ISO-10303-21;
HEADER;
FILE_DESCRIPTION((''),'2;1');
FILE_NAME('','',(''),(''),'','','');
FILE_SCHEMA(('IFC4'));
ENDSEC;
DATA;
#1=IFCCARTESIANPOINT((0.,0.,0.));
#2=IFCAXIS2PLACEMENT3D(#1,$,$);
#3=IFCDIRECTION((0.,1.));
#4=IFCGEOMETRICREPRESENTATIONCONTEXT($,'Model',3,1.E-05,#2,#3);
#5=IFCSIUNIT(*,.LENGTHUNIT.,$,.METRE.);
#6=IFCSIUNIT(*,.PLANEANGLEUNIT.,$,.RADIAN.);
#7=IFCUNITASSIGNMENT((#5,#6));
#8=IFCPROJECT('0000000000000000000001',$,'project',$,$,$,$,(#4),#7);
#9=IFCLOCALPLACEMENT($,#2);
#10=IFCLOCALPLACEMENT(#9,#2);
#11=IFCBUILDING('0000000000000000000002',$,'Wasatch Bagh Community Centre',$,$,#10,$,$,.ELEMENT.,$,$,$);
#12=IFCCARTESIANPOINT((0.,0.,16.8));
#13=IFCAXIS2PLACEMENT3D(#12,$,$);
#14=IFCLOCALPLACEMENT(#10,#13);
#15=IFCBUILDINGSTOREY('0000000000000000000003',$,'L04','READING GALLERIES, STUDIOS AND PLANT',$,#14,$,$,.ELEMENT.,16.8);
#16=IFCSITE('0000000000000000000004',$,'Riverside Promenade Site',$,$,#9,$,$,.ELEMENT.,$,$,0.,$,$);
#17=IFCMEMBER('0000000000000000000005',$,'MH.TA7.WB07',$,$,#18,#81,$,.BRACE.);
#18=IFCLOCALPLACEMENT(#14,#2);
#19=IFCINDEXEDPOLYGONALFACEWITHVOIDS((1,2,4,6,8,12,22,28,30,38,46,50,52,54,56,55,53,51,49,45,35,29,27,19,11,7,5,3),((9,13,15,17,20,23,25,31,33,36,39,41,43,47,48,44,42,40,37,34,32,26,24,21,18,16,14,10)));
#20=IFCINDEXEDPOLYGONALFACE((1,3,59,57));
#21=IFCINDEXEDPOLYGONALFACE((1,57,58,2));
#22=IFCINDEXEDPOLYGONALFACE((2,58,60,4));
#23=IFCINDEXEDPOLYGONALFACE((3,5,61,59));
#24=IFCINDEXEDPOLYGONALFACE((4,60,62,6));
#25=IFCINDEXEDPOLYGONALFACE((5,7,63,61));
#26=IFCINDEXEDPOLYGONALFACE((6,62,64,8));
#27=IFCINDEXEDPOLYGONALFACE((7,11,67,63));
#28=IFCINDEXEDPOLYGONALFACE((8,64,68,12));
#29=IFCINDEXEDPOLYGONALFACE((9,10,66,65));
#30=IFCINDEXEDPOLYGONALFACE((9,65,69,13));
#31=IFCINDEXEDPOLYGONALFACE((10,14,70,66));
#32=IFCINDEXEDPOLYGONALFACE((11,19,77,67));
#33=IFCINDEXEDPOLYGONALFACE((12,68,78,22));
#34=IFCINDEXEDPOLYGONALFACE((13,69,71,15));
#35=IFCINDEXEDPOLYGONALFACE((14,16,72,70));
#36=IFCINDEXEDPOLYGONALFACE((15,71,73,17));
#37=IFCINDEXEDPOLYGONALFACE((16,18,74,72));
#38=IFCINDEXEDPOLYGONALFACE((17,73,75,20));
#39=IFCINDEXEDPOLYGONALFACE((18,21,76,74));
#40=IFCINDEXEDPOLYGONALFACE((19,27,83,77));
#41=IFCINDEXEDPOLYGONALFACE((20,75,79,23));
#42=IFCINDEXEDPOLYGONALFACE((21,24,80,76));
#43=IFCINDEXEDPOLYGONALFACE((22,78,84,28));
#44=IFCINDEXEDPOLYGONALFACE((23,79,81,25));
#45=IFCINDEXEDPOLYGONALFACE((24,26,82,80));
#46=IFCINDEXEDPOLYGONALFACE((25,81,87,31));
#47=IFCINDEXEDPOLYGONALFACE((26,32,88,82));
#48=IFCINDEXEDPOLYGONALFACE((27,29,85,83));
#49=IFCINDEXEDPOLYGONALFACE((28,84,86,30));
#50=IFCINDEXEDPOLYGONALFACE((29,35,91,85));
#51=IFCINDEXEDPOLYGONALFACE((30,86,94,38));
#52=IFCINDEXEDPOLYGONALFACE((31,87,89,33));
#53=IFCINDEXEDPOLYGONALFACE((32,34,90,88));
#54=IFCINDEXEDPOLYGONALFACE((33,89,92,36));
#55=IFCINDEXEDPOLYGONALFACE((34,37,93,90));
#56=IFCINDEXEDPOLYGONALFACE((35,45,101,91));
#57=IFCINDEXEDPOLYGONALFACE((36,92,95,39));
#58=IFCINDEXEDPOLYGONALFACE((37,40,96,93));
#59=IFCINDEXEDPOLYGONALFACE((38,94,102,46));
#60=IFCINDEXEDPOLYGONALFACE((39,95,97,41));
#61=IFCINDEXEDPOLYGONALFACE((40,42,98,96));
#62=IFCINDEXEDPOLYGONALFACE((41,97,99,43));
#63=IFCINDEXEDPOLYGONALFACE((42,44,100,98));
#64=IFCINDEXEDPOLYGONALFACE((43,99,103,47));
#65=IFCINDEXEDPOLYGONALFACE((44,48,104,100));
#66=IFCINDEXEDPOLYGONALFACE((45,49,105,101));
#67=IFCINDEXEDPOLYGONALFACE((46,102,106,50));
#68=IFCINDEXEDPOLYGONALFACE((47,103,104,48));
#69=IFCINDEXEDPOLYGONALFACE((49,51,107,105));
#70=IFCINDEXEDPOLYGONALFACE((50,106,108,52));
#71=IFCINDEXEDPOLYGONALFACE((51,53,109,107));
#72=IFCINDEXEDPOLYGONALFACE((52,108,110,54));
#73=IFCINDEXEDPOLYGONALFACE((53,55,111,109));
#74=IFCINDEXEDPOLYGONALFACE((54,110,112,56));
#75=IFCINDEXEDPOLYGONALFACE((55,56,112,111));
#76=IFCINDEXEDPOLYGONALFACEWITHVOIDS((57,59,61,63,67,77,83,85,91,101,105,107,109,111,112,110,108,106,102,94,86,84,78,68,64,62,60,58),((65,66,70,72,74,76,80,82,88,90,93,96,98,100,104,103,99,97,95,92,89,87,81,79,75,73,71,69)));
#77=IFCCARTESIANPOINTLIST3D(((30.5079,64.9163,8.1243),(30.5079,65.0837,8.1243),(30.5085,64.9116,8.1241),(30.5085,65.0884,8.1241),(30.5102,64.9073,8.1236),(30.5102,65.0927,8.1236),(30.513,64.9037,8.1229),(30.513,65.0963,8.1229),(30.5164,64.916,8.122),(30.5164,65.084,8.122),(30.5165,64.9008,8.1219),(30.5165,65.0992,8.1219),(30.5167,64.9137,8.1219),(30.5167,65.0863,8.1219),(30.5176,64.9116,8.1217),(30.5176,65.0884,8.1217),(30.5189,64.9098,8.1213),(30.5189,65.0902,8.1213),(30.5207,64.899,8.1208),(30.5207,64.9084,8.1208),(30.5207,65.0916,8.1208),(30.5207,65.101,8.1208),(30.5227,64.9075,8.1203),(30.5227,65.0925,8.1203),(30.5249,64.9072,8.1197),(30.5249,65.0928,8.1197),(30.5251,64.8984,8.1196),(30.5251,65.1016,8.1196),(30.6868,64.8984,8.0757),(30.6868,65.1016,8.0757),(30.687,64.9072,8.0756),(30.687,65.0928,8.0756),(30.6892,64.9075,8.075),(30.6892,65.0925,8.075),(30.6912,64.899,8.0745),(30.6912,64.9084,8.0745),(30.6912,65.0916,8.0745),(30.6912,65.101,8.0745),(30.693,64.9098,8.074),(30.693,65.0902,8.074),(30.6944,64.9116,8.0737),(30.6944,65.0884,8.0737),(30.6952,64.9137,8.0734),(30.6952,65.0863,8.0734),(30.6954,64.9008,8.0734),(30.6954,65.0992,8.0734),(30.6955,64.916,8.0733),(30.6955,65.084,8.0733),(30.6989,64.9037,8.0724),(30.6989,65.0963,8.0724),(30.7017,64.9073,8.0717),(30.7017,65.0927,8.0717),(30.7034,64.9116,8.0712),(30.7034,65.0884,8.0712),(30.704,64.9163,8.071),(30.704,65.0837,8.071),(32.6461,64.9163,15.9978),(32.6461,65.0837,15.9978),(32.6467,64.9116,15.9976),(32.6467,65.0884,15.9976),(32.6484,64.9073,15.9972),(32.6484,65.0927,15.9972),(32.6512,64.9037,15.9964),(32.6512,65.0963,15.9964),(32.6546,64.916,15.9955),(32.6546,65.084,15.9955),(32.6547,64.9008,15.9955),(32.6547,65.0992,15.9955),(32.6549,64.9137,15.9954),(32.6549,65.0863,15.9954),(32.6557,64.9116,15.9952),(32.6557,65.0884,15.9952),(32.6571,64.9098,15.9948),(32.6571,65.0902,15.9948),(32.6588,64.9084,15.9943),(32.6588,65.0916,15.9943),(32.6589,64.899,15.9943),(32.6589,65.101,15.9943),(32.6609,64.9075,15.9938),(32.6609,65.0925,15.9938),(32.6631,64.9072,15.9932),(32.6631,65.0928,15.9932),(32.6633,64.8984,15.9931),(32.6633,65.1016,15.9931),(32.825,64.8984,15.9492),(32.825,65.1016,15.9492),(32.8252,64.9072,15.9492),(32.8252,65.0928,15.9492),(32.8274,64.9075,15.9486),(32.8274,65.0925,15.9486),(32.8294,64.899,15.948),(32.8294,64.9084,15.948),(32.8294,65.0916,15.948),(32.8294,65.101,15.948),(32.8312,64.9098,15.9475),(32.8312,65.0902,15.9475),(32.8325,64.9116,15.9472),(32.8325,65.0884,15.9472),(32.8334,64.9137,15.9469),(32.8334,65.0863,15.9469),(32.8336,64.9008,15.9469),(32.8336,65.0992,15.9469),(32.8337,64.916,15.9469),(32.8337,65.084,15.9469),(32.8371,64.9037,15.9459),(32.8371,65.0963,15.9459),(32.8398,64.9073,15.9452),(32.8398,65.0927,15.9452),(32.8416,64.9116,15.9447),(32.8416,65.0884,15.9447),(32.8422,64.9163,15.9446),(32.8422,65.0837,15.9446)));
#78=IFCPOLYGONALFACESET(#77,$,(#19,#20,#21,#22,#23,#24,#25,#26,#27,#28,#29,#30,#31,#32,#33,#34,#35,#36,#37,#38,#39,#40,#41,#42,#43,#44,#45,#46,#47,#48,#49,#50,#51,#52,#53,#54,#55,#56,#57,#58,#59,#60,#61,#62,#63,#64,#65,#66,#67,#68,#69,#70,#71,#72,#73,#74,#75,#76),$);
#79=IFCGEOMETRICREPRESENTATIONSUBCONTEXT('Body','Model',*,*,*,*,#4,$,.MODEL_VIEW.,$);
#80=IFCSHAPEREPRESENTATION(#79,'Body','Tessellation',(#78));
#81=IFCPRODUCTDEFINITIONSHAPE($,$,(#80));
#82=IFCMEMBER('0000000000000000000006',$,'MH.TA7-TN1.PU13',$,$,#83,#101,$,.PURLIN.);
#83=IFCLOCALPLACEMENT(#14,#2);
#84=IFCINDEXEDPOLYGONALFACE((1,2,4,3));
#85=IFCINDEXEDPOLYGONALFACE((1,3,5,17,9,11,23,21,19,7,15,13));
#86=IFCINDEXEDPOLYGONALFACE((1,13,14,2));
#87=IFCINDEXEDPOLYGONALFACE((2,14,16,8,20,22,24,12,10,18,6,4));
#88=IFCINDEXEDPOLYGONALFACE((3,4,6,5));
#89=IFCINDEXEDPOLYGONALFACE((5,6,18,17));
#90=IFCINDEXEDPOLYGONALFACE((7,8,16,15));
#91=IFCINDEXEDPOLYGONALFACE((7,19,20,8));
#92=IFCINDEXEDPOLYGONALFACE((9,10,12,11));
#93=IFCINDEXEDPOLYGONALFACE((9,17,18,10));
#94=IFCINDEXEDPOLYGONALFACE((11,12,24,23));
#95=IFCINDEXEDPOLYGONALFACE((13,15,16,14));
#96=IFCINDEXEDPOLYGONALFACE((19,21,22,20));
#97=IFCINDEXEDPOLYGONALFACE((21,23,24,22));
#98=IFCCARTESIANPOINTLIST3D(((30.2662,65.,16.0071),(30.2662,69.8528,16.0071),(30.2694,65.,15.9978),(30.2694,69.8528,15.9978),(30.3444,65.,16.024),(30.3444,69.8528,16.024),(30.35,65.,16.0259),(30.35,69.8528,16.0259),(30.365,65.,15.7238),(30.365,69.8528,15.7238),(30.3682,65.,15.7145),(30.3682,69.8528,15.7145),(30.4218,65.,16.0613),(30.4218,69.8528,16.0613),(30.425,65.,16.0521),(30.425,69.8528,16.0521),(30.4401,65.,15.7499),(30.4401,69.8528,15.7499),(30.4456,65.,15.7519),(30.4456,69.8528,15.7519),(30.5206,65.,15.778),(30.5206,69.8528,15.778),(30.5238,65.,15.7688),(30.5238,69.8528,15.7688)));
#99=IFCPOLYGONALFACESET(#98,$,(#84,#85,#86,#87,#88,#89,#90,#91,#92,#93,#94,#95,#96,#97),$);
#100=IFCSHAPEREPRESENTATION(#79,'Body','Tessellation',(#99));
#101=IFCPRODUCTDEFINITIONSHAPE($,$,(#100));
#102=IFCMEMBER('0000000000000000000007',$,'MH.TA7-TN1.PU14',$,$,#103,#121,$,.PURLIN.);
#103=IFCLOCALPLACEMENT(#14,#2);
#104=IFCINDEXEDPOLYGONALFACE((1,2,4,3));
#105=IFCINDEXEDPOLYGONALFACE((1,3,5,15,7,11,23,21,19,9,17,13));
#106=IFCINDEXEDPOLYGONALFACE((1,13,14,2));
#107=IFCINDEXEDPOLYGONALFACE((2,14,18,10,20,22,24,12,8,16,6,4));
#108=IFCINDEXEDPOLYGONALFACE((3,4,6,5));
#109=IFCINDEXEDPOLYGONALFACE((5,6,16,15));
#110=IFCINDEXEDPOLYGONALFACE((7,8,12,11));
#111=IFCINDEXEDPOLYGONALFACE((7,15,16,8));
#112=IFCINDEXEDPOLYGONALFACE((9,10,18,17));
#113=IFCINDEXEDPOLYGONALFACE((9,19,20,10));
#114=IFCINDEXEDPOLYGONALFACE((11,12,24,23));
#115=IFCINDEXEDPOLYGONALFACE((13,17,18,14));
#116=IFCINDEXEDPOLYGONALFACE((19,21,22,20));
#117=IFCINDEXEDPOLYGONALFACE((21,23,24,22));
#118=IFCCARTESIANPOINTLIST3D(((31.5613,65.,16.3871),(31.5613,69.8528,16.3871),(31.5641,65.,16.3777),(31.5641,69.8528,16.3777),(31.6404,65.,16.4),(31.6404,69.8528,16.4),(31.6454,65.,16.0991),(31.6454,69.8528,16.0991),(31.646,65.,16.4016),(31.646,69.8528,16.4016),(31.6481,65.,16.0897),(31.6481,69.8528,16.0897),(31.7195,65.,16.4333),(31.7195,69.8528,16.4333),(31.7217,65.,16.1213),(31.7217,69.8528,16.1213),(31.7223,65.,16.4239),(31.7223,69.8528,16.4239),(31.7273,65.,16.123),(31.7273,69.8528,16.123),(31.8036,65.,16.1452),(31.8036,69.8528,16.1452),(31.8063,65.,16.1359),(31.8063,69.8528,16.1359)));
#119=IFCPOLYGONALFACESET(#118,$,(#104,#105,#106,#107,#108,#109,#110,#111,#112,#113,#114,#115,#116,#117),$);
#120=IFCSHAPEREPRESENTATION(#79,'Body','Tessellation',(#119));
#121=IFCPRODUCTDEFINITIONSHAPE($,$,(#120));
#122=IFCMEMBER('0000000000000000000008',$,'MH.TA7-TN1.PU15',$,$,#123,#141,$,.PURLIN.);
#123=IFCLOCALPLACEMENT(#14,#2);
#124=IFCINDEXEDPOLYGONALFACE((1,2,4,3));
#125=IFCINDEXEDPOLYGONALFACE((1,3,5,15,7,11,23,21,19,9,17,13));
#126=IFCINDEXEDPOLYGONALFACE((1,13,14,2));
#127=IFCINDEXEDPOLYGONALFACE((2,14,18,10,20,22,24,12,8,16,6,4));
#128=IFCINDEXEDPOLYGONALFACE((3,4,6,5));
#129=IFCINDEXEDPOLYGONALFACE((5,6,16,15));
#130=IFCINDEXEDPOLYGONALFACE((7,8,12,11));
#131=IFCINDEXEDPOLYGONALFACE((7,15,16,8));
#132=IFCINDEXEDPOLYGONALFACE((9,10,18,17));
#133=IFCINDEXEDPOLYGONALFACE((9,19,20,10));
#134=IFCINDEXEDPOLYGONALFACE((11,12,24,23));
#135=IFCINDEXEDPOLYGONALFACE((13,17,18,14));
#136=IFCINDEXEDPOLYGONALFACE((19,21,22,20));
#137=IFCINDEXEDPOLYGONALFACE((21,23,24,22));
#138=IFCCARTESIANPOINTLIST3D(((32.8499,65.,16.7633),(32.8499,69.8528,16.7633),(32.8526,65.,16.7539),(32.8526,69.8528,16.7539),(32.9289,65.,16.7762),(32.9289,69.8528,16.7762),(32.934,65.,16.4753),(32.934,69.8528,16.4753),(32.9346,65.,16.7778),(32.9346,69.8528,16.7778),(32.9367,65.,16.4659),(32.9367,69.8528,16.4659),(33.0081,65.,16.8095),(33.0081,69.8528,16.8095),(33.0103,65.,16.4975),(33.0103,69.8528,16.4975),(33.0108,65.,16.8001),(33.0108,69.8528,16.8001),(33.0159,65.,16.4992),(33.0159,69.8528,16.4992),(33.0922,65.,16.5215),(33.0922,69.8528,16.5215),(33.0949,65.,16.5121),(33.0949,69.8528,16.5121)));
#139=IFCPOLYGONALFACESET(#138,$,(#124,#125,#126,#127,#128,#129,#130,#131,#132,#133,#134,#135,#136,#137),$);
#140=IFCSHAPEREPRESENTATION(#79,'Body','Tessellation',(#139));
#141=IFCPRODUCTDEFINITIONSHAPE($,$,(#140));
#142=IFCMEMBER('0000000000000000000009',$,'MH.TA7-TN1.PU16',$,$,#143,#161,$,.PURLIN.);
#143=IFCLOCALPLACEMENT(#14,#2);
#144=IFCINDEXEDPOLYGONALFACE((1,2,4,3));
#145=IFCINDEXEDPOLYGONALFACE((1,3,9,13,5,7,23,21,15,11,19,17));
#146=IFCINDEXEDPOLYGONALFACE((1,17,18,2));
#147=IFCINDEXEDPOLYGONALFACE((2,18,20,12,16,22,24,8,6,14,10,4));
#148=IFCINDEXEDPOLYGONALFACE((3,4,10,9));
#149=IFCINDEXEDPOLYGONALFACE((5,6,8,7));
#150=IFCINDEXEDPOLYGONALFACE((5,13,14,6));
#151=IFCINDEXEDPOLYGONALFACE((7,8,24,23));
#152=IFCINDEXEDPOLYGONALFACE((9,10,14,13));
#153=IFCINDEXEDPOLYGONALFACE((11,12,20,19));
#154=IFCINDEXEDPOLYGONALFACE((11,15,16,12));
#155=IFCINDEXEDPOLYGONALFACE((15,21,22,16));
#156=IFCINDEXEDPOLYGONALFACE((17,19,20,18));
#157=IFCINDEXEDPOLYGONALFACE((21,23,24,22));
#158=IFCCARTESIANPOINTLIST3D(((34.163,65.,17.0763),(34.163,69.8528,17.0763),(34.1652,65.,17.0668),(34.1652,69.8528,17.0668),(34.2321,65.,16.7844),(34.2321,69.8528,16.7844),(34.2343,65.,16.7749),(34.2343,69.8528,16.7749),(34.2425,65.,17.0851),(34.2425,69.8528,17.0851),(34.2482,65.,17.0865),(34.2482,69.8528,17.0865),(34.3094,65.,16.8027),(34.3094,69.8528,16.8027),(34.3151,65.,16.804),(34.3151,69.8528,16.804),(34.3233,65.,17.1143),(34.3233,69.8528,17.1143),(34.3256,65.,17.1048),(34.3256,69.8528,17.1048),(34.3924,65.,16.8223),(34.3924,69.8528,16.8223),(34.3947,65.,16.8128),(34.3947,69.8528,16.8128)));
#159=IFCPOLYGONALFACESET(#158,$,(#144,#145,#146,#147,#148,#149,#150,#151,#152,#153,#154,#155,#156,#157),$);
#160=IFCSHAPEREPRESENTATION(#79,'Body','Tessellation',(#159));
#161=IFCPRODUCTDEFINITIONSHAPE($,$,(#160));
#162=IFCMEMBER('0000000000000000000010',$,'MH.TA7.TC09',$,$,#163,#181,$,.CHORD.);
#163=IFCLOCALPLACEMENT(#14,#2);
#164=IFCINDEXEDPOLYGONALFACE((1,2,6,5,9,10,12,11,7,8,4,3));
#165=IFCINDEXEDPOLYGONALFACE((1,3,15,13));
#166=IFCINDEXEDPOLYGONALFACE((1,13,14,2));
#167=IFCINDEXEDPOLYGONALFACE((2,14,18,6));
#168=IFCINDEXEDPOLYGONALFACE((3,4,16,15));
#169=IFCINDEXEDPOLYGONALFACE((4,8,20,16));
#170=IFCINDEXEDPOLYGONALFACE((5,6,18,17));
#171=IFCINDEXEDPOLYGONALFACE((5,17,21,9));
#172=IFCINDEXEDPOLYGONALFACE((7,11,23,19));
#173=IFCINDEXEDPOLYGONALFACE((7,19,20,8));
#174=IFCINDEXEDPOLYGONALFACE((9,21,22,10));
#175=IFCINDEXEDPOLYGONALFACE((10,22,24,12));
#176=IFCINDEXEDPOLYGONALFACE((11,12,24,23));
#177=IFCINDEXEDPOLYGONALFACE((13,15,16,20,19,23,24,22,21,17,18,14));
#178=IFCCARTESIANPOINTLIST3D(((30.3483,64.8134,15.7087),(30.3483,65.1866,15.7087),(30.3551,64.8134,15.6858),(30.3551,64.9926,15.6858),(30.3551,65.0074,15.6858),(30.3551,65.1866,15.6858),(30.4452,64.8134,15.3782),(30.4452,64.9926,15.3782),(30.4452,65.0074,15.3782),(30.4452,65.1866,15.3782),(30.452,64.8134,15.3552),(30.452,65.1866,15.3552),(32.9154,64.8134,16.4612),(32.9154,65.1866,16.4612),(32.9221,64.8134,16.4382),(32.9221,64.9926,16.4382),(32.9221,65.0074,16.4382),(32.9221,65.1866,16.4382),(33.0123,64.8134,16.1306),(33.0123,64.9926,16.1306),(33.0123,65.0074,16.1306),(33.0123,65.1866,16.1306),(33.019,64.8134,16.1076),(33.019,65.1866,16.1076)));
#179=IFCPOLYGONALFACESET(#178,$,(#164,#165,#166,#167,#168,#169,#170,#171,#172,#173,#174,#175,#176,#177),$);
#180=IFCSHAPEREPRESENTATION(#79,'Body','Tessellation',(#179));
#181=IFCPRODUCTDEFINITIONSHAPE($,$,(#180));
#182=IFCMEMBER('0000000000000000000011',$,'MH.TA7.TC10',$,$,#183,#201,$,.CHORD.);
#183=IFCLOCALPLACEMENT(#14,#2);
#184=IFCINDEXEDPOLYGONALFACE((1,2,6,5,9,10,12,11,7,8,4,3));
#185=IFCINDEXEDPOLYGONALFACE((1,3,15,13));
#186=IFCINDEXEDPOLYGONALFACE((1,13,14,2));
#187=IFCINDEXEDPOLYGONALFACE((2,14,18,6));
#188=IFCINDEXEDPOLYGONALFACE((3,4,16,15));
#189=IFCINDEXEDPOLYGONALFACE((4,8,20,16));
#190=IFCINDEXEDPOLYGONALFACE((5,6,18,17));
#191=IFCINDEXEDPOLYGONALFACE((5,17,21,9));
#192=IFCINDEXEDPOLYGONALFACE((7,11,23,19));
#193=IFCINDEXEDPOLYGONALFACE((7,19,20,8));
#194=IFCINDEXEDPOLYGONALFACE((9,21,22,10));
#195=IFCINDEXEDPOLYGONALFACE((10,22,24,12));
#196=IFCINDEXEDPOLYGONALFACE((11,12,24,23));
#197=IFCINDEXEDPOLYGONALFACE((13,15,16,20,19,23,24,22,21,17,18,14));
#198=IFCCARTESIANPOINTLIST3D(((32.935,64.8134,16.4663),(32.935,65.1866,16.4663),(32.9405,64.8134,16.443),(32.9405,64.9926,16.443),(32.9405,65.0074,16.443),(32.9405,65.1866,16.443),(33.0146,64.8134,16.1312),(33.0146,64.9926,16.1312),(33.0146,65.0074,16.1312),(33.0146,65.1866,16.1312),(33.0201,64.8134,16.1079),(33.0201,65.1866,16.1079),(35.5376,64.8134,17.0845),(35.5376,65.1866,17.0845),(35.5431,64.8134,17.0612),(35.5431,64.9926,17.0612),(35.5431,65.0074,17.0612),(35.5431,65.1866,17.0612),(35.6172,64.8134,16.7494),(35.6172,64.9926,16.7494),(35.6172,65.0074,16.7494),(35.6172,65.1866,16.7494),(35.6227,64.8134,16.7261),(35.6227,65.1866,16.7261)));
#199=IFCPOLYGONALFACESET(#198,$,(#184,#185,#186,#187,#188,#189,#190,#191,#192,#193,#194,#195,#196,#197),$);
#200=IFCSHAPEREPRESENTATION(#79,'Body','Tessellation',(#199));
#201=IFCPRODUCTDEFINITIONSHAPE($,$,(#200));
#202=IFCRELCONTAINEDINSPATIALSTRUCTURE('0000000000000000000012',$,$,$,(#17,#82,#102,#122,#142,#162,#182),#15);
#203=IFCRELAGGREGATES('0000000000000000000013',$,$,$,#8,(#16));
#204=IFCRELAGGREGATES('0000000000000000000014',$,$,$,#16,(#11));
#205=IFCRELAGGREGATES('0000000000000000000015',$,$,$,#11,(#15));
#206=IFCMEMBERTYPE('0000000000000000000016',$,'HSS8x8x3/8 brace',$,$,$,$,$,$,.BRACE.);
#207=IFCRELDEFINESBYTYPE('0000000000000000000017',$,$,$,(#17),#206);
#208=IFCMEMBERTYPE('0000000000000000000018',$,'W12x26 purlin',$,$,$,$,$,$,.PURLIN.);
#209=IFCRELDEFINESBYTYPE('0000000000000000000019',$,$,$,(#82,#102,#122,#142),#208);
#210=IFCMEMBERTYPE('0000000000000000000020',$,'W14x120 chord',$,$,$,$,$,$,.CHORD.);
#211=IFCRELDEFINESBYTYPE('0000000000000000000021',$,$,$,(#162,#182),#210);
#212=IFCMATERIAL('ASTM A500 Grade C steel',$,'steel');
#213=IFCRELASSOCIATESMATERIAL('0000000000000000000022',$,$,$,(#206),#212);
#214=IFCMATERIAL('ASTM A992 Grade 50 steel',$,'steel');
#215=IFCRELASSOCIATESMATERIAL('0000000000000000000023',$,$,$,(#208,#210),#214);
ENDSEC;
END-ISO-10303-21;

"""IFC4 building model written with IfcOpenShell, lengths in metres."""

from ifc_helpers import new_model, si_unit, direction, frame, origin, origin_2d, place, context, subcontext, project, spatial, hollow_rectangle, i_section, extrude, material, material_profile, profile_set, type_object, element, save


model = new_model("IFC4")

# Units and contexts
model_context = context("Model", 3, precision=1e-05, world=origin(), true_north=direction((0.0, 1.0)))
body_context = subcontext(model_context, "Body", "Model", "MODEL_VIEW")
ifc_project = project(units=[si_unit("LENGTHUNIT", "METRE"), si_unit("PLANEANGLEUNIT", "RADIAN")], contexts=[model_context])

# Site, building, storey
site_placement = place(None, origin())
site = spatial("IfcSite", under=ifc_project, at=site_placement, Name="Riverside Promenade Site", CompositionType="ELEMENT", RefElevation=0.0)
building_placement = place(site_placement, origin())
building = spatial("IfcBuilding", under=site, at=building_placement, Name="Wasatch Bagh Community Centre", CompositionType="ELEMENT")
storey_placement = place(building_placement, frame((0.0, 0.0, 16.8)))
storey = spatial("IfcBuildingStorey", under=building, at=storey_placement, Name="L04", Description="READING GALLERIES, STUDIOS AND PLANT", CompositionType="ELEMENT", Elevation=16.8)

# Members
ifc_material_1 = material(Name="ASTM A500 Grade C steel", Category="steel")
ifc_material_profile_1 = material_profile(ifc_material_1, hollow_rectangle(XDim=0.2031, YDim=0.2031, WallThickness=0.0088, InnerFilletRadius=0.0088, OuterFilletRadius=0.0178, at=origin_2d()), Name="HSS8x8x3/8")
ifc_profile_set_1 = profile_set([ifc_material_profile_1], Name="ASTM A500 Grade C steel")
member_type_1 = type_object("IfcMemberType", Name="HSS8x8x3/8 brace", PredefinedType="BRACE", material=ifc_profile_set_1)
member_1_placement = place(storey_placement, frame((30.606, 65.0, 8.0977), z_axis=(0.262074, 0.0, 0.965048), x_axis=(0.0, 1.0, 0.0)))
element("IfcMember", 1, at=member_1_placement, inside=storey, type_object=member_type_1, Name="MH.TA7.WB07", PredefinedType="BRACE", context=body_context, shape_type="SweptSolid", body=[
    extrude(hollow_rectangle(XDim=0.2031, YDim=0.2031, WallThickness=0.0088, InnerFilletRadius=0.0088, OuterFilletRadius=0.0178, at=origin_2d()), origin(), (0.0, 0.0, 1.0), 8.1587),
])
ifc_material_2 = material(Name="ASTM A992 Grade 50 steel", Category="steel")
ifc_material_profile_2 = material_profile(ifc_material_2, i_section(OverallWidth=0.1648, OverallDepth=0.3098, WebThickness=0.0059, FlangeThickness=0.0098, at=origin_2d()), Name="W12x26")
ifc_profile_set_2 = profile_set([ifc_material_profile_2], Name="ASTM A992 Grade 50 steel")
member_type_2 = type_object("IfcMemberType", Name="W12x26 purlin", PredefinedType="PURLIN", material=ifc_profile_set_2)
for number, where, z_axis, x_axis, name in (
    (2, (30.395, 65.0, 15.8879), (0.0, 1.0, 0.0), (-0.944194, 0.0, -0.329389), "MH.TA7-TN1.PU13"),
    (3, (31.6838, 65.0, 16.2615), (0.0, 1.0, 0.0), (-0.959938, 0.0, -0.280214), "MH.TA7-TN1.PU14"),
    (4, (32.9724, 65.0, 16.6377), (0.0, 1.0, 0.0), (-0.959938, 0.0, -0.280214), "MH.TA7-TN1.PU15"),
    (5, (34.2788, 65.0, 16.9446), (0.0, 1.0, 0.0), (-0.973122, 0.0, -0.230292), "MH.TA7-TN1.PU16"),
):
    element("IfcMember", number, at=place(storey_placement, frame(where, z_axis=z_axis, x_axis=x_axis)), inside=storey, type_object=member_type_2, Name=name, PredefinedType="PURLIN", context=body_context, shape_type="SweptSolid", body=[
        extrude(i_section(OverallWidth=0.1648, OverallDepth=0.3098, WebThickness=0.0059, FlangeThickness=0.0098, at=origin_2d()), origin(), (0.0, 0.0, 1.0), 4.8528),
    ])
ifc_material_profile_3 = material_profile(ifc_material_2, i_section(OverallWidth=0.3733, OverallDepth=0.3684, WebThickness=0.0149, FlangeThickness=0.0239, at=origin_2d()), Name="W14x120")
ifc_profile_set_3 = profile_set([ifc_material_profile_3], Name="ASTM A992 Grade 50 steel")
member_type_3 = type_object("IfcMemberType", Name="W14x120 chord", PredefinedType="CHORD", material=ifc_profile_set_3)
for number, where, z_axis, x_axis, name in (
    (6, (30.4001, 65.0, 15.532), (0.959628, 0.0, 0.281272), (0.0, 1.0, 0.0), "MH.TA7.TC09"),
    (7, (32.9775, 65.0, 16.2871), (0.972931, 0.0, 0.231094), (0.0, 1.0, 0.0), "MH.TA7.TC10"),
):
    element("IfcMember", number, at=place(storey_placement, frame(where, z_axis=z_axis, x_axis=x_axis)), inside=storey, type_object=member_type_3, Name=name, PredefinedType="CHORD", context=body_context, shape_type="SweptSolid", body=[
        extrude(i_section(OverallWidth=0.3733, OverallDepth=0.3684, WebThickness=0.0149, FlangeThickness=0.0239, at=origin_2d()), origin(), (0.0, 0.0, 1.0), 2.675),
    ])

save(model, "model.ifc")
